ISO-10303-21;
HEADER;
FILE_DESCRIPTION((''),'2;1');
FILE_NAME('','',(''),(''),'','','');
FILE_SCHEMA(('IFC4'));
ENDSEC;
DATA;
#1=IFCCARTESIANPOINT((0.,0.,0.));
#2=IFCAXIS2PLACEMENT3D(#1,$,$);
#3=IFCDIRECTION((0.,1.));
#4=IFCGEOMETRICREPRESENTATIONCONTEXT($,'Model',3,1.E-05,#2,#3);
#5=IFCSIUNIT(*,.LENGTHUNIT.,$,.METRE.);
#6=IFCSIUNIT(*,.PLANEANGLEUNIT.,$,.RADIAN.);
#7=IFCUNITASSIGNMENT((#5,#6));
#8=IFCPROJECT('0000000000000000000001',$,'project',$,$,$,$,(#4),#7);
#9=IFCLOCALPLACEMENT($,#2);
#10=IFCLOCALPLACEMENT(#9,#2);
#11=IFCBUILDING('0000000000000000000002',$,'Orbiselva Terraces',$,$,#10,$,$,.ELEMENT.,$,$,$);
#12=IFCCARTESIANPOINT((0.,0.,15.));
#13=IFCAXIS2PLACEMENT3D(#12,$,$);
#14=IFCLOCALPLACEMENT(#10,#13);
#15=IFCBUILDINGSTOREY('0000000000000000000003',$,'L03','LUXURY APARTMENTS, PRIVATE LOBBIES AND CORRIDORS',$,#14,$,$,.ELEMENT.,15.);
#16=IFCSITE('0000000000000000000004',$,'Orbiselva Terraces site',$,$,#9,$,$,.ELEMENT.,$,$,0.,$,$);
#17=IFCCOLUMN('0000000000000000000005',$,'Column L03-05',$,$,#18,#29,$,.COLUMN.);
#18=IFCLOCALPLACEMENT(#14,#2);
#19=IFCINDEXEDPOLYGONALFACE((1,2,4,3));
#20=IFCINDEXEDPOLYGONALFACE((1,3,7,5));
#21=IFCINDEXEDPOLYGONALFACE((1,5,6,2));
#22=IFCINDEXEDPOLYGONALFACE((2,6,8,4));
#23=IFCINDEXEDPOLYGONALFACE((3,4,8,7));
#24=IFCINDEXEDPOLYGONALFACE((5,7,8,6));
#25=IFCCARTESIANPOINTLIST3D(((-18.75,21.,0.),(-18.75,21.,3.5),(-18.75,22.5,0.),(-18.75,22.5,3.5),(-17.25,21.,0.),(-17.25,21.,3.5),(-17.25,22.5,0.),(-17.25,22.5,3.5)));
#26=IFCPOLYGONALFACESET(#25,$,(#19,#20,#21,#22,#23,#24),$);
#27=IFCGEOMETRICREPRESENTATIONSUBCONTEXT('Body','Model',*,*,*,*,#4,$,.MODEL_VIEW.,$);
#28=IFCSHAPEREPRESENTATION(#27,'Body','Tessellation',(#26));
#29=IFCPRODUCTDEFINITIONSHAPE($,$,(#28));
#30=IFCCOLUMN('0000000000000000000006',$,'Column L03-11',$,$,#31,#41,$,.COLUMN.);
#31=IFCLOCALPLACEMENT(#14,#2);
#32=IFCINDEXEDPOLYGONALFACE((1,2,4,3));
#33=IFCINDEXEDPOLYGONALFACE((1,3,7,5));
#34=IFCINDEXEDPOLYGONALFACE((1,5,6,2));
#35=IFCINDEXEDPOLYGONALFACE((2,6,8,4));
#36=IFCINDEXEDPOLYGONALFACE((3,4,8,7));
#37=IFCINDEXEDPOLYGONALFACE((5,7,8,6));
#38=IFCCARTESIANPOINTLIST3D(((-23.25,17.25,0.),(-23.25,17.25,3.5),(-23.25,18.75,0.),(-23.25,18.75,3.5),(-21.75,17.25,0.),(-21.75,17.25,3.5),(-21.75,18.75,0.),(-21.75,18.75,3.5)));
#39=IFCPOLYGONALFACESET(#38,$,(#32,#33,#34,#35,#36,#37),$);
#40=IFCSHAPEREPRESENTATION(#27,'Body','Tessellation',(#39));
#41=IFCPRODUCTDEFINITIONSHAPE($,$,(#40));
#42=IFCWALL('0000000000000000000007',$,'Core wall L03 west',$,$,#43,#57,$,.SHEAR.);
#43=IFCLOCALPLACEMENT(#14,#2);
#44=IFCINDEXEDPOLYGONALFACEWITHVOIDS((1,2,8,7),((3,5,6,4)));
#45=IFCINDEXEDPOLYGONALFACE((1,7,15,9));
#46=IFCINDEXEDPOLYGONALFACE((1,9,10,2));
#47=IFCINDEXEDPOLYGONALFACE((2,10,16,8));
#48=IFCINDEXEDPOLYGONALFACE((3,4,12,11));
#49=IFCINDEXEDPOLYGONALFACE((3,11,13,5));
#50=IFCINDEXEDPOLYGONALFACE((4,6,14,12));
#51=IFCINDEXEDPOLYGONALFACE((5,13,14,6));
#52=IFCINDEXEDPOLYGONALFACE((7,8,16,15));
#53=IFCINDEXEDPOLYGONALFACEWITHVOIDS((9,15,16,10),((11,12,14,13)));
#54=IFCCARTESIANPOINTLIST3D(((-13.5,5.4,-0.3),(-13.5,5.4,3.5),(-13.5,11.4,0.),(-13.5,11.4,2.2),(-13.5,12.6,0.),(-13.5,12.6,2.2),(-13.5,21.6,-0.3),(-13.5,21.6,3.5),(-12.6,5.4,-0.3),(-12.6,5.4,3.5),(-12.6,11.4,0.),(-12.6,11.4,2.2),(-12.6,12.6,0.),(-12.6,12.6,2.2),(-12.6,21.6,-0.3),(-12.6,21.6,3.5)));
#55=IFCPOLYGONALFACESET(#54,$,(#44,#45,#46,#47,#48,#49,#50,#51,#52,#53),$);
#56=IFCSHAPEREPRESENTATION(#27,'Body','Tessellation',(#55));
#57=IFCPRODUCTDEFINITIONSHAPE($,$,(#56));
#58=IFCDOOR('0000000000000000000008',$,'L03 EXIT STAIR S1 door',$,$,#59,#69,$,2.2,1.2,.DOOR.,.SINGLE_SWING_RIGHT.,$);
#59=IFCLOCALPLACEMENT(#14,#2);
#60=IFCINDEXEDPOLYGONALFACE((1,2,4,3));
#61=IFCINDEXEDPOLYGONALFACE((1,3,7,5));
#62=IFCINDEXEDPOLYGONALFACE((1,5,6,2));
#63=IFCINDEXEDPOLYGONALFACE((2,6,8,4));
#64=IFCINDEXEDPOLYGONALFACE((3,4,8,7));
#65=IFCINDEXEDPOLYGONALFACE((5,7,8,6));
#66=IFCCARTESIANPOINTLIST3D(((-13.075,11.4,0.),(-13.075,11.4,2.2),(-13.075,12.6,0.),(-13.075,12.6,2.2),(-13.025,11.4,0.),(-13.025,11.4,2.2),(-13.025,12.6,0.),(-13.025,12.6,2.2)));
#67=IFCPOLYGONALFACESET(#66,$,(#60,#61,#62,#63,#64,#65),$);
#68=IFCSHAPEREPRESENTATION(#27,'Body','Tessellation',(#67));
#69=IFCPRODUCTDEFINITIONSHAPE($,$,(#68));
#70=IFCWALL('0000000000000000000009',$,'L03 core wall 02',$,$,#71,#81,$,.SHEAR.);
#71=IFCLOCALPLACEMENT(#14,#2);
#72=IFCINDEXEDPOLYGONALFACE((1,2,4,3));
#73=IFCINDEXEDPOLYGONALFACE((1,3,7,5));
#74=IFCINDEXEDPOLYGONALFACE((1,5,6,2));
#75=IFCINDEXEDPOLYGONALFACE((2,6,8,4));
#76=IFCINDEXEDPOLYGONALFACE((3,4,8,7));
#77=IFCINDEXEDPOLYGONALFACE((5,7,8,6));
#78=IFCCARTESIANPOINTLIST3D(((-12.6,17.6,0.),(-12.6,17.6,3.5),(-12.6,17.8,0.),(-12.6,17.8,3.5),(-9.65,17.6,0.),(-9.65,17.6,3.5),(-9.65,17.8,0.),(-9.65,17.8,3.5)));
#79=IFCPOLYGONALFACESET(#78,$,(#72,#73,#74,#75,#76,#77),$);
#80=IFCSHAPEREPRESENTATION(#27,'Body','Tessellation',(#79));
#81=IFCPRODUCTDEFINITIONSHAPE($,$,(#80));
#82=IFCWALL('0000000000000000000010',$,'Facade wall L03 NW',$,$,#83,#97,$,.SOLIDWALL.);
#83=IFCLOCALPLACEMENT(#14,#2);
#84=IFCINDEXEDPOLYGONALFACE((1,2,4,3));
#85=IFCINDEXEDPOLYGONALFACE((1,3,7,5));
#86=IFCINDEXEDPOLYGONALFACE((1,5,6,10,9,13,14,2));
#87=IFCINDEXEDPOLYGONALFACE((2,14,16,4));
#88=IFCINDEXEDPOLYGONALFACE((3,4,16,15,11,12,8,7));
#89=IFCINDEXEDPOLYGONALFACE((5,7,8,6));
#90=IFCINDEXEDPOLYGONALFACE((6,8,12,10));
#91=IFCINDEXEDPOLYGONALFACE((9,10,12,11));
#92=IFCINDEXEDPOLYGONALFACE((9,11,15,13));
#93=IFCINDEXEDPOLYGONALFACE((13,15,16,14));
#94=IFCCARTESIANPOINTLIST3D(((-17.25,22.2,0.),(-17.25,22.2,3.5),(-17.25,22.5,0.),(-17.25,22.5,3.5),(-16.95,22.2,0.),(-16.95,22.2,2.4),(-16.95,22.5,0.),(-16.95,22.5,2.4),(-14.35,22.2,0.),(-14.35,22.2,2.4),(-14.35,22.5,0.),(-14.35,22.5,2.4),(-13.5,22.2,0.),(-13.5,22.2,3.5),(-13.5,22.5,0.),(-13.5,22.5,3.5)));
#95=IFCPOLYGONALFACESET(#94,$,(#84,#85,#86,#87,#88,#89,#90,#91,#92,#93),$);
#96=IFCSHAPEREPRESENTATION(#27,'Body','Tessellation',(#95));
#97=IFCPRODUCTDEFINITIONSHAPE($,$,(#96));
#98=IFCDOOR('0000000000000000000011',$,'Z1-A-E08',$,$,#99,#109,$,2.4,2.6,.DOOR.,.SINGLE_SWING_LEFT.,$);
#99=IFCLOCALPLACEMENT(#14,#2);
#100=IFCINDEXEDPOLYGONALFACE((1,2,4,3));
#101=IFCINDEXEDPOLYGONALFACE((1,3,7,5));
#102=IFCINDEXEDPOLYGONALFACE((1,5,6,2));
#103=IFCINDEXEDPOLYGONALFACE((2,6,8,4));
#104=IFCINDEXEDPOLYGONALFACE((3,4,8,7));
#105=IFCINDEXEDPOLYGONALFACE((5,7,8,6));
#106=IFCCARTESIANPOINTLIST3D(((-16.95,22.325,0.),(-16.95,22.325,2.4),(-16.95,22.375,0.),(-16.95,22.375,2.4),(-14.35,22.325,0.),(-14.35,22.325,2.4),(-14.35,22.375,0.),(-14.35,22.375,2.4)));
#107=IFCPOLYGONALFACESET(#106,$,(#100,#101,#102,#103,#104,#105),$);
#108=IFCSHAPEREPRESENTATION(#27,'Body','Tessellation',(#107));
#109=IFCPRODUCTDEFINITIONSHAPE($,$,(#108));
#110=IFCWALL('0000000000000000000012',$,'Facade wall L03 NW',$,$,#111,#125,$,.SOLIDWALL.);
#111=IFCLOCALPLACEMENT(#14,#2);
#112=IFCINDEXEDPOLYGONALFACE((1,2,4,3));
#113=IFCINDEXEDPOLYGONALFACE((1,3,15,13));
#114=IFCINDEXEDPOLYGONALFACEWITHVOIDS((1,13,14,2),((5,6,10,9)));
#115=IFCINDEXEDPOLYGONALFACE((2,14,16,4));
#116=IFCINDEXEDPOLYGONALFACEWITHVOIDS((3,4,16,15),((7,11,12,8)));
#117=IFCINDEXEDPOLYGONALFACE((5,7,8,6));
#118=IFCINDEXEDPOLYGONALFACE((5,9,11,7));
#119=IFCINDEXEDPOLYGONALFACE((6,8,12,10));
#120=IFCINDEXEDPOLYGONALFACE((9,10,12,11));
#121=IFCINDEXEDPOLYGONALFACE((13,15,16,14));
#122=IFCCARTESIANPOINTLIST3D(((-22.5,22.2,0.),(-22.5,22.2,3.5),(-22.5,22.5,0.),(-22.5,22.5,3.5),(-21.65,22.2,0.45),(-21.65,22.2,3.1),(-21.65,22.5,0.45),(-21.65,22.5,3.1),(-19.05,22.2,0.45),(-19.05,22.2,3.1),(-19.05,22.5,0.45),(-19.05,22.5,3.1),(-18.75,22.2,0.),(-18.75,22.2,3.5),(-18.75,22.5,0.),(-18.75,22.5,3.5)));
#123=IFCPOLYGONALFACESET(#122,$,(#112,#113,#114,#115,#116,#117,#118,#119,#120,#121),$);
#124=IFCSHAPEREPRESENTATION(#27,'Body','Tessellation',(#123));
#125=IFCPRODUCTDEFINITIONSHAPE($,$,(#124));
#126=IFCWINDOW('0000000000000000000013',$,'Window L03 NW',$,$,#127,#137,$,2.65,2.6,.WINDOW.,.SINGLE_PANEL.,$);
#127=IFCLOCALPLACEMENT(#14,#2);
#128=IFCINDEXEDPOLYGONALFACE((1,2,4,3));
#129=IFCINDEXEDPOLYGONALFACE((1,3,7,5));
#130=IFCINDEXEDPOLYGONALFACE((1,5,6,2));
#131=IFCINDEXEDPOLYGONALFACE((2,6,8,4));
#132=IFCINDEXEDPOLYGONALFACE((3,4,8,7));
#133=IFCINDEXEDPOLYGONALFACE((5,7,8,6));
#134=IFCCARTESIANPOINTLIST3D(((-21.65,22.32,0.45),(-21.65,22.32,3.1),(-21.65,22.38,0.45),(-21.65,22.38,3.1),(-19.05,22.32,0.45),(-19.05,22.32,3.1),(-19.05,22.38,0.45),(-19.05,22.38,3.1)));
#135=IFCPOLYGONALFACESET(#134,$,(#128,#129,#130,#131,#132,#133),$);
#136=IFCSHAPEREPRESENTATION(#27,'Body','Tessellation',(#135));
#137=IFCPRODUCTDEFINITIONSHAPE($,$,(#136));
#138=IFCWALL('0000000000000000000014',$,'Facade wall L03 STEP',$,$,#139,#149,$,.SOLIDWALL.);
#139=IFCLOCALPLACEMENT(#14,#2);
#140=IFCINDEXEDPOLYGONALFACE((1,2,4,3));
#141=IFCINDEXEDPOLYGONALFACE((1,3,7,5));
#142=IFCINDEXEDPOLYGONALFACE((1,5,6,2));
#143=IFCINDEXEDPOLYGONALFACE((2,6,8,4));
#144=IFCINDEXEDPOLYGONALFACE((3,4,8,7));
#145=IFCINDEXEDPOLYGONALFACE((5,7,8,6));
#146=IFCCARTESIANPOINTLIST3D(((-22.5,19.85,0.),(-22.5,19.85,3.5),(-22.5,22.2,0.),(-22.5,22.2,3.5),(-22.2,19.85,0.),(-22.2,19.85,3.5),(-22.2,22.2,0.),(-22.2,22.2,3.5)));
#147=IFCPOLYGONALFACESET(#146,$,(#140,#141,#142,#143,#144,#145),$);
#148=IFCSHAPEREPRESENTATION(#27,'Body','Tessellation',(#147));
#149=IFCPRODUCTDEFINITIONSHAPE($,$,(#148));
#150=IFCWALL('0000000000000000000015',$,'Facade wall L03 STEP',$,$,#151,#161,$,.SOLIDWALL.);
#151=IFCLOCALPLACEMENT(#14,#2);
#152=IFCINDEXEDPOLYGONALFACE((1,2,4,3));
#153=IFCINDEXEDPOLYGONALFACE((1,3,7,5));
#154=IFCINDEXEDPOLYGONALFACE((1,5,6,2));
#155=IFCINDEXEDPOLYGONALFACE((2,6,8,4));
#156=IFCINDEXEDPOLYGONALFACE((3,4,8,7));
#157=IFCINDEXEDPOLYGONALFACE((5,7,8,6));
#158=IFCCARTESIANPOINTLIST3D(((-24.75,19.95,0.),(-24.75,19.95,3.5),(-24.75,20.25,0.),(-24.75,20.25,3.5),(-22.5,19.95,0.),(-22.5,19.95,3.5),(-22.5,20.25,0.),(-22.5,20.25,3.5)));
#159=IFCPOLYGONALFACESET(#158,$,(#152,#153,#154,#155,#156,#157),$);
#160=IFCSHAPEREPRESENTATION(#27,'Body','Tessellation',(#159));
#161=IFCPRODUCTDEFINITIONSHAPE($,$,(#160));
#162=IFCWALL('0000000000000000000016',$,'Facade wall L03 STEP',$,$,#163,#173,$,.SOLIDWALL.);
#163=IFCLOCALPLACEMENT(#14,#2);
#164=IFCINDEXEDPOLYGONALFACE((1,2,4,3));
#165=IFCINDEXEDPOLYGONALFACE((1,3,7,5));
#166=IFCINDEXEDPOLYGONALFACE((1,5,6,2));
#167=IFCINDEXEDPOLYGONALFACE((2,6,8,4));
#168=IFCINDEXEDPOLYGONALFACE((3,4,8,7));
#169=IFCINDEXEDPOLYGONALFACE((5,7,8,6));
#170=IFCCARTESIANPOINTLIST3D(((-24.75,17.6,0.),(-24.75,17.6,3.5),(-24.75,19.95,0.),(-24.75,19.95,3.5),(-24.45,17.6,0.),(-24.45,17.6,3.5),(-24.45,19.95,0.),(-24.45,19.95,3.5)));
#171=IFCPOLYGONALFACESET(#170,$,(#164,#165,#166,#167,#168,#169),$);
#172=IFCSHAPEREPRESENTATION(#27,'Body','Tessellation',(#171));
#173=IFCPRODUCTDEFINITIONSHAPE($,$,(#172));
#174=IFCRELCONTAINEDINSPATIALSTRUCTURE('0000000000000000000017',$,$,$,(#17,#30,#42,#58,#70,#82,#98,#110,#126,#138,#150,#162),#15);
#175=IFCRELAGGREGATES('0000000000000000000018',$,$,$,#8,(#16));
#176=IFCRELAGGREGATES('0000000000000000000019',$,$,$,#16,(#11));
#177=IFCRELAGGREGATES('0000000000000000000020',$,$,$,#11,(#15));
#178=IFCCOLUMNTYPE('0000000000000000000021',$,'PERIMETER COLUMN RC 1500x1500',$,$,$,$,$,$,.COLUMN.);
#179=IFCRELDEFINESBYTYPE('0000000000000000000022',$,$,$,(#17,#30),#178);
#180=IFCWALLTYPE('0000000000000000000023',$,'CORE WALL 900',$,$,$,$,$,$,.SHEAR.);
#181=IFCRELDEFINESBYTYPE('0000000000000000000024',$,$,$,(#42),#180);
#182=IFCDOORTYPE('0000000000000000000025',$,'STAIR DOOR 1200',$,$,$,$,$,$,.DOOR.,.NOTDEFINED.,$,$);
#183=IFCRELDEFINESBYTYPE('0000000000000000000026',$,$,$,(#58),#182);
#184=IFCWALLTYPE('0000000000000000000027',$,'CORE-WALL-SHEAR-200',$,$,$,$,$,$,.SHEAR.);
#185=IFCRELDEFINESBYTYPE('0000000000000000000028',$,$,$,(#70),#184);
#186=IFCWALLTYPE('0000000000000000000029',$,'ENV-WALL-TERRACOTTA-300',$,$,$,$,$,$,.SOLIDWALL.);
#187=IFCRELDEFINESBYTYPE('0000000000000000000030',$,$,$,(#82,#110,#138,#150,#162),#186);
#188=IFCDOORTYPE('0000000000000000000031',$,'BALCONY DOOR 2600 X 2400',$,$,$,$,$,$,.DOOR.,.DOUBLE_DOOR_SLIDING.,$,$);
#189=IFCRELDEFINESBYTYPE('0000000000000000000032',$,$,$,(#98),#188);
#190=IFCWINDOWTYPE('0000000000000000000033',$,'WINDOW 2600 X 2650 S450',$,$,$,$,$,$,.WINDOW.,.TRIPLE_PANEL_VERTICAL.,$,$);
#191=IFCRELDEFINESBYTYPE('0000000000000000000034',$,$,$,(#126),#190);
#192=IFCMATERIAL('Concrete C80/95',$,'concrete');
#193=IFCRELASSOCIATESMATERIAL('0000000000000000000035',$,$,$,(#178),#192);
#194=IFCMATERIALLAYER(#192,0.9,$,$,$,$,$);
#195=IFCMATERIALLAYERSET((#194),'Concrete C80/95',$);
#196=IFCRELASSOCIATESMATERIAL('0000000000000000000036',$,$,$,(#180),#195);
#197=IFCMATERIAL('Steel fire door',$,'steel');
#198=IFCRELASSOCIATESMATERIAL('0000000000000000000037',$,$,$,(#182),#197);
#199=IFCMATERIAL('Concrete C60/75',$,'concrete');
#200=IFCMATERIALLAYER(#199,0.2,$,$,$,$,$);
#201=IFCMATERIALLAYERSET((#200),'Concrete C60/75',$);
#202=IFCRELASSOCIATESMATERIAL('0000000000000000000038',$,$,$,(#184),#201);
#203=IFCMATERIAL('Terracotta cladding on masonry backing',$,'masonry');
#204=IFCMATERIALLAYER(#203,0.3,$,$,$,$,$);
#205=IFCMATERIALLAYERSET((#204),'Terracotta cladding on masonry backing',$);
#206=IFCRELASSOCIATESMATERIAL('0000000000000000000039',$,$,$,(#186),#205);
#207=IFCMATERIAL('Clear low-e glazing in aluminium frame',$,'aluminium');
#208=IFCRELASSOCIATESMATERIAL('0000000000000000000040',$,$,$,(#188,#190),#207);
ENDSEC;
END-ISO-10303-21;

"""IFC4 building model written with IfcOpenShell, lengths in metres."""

from ifc_helpers import new_model, si_unit, direction, frame, frame_2d, origin, origin_2d, place, context, subcontext, project, spatial, rectangle, extrude, material, layer, layer_set, material_profile, profile_set, type_object, element, fill, save


model = new_model("IFC4")

# Units and contexts
model_context = context("Model", 3, precision=1e-05, world=origin(), true_north=direction((0.0, 1.0)))
body_context = subcontext(model_context, "Body", "Model", "MODEL_VIEW")
ifc_project = project(units=[si_unit("LENGTHUNIT", "METRE"), si_unit("PLANEANGLEUNIT", "RADIAN")], contexts=[model_context])

# Site, building, storey
site_placement = place(None, origin())
site = spatial("IfcSite", under=ifc_project, at=site_placement, Name="Orbiselva Terraces site", CompositionType="ELEMENT", RefElevation=0.0)
building_placement = place(site_placement, origin())
building = spatial("IfcBuilding", under=site, at=building_placement, Name="Orbiselva Terraces", CompositionType="ELEMENT")
storey_placement = place(building_placement, frame((0.0, 0.0, 15.0)))
storey = spatial("IfcBuildingStorey", under=building, at=storey_placement, Name="L03", Description="LUXURY APARTMENTS, PRIVATE LOBBIES AND CORRIDORS", CompositionType="ELEMENT", Elevation=15.0)

# Columns
ifc_material_1 = material(Name="Concrete C80/95", Category="concrete")
ifc_material_profile = material_profile(ifc_material_1, rectangle(XDim=1.5, YDim=1.5, at=origin_2d()), Name="RC 1500x1500")
ifc_profile_set = profile_set([ifc_material_profile], Name="Concrete C80/95")
column_type = type_object("IfcColumnType", Name="PERIMETER COLUMN RC 1500x1500", PredefinedType="COLUMN", material=ifc_profile_set)
for number, where, z_axis, x_axis, name in (
    (1, (-18.0, 21.75, 0.0), (0.0, 0.0, 1.0), (1.0, 0.0, 0.0), "Column L03-05"),
    (2, (-22.5, 18.0, 0.0), (0.0, 0.0, 1.0), (1.0, 0.0, 0.0), "Column L03-11"),
):
    element("IfcColumn", number, at=place(storey_placement, frame(where, z_axis=z_axis, x_axis=x_axis)), inside=storey, type_object=column_type, Name=name, PredefinedType="COLUMN", context=body_context, shape_type="SweptSolid", body=[
        extrude(rectangle(XDim=1.5, YDim=1.5, at=origin_2d()), origin(), (0.0, 0.0, 1.0), 3.5),
    ])

# Wall, opening, door
ifc_layer_1 = layer(ifc_material_1, 0.9)
ifc_layer_set_1 = layer_set([ifc_layer_1], Name="Concrete C80/95")
wall_type_1 = type_object("IfcWallType", Name="CORE WALL 900", PredefinedType="SHEAR", material=ifc_layer_set_1)
wall_1_placement = place(storey_placement, frame((-13.05, 21.6, -0.3), z_axis=(0.0, 0.0, 1.0), x_axis=(0.0, -1.0, 0.0)))
wall_1 = element("IfcWall", 3, at=wall_1_placement, inside=storey, type_object=wall_type_1, Name="Core wall L03 west", PredefinedType="SHEAR", context=body_context, shape_type="SweptSolid", body=[
    extrude(rectangle(XDim=16.2, YDim=0.9, at=frame_2d((8.1, 0.0))), origin(), (0.0, 0.0, 1.0), 3.8),
])
opening_1_placement = place(wall_1_placement, frame((9.0, 0.0, 0.3)))
opening_1 = element("IfcOpeningElement", 4, at=opening_1_placement, cuts=wall_1, PredefinedType="OPENING", context=body_context, shape_type="SweptSolid", body=[
    extrude(rectangle(XDim=1.2, YDim=2.2, at=frame_2d((0.6, 1.1))), frame((0.0, 0.46, 0.0), z_axis=(0.0, -1.0, 0.0), x_axis=(1.0, 0.0, 0.0)), (0.0, 0.0, 1.0), 0.92),
])
ifc_material_2 = material(Name="Steel fire door", Category="steel")
door_type_1 = type_object("IfcDoorType", Name="STAIR DOOR 1200", OperationType="NOTDEFINED", PredefinedType="DOOR", material=ifc_material_2)
door_1_placement = place(opening_1_placement, frame((1.2, 0.0, 0.0), z_axis=(0.0, 0.0, 1.0), x_axis=(-1.0, 0.0, 0.0)))
door_1 = element("IfcDoor", 5, at=door_1_placement, inside=storey, type_object=door_type_1, Name="L03 EXIT STAIR S1 door", OperationType="SINGLE_SWING_RIGHT", OverallHeight=2.2, OverallWidth=1.2, PredefinedType="DOOR", context=body_context, shape_type="SweptSolid", body=[
    extrude(rectangle(XDim=1.2, YDim=2.2, at=frame_2d((0.6, 1.1))), frame((0.0, 0.025, 0.0), z_axis=(0.0, -1.0, 0.0), x_axis=(1.0, 0.0, 0.0)), (0.0, 0.0, 1.0), 0.05),
])
fill(opening_1, door_1)

# Wall
ifc_material_3 = material(Name="Concrete C60/75", Category="concrete")
ifc_layer_2 = layer(ifc_material_3, 0.2)
ifc_layer_set_2 = layer_set([ifc_layer_2], Name="Concrete C60/75")
wall_type_2 = type_object("IfcWallType", Name="CORE-WALL-SHEAR-200", PredefinedType="SHEAR", material=ifc_layer_set_2)
wall_2_placement = place(storey_placement, frame((-12.6, 17.7, 0.0), z_axis=(0.0, 0.0, 1.0), x_axis=(1.0, 0.0, 0.0)))
element("IfcWall", 6, at=wall_2_placement, inside=storey, type_object=wall_type_2, Name="L03 core wall 02", PredefinedType="SHEAR", context=body_context, shape_type="SweptSolid", body=[
    extrude(rectangle(XDim=2.95, YDim=0.2, at=frame_2d((1.475, 0.0))), origin(), (0.0, 0.0, 1.0), 3.5),
])

# Wall, opening, door
ifc_material_4 = material(Name="Terracotta cladding on masonry backing", Category="masonry")
ifc_layer_3 = layer(ifc_material_4, 0.3)
ifc_layer_set_3 = layer_set([ifc_layer_3], Name="Terracotta cladding on masonry backing")
wall_type_3 = type_object("IfcWallType", Name="ENV-WALL-TERRACOTTA-300", PredefinedType="SOLIDWALL", material=ifc_layer_set_3)
wall_3_placement = place(storey_placement, frame((-17.25, 22.35, 0.0), z_axis=(0.0, 0.0, 1.0), x_axis=(1.0, 0.0, 0.0)))
wall_3 = element("IfcWall", 7, at=wall_3_placement, inside=storey, type_object=wall_type_3, Name="Facade wall L03 NW", PredefinedType="SOLIDWALL", context=body_context, shape_type="SweptSolid", body=[
    extrude(rectangle(XDim=3.75, YDim=0.3, at=frame_2d((1.875, 0.0))), origin(), (0.0, 0.0, 1.0), 3.5),
])
opening_2_placement = place(wall_3_placement, frame((0.3, 0.0, 0.0)))
opening_2 = element("IfcOpeningElement", 8, at=opening_2_placement, cuts=wall_3, PredefinedType="OPENING", context=body_context, shape_type="SweptSolid", body=[
    extrude(rectangle(XDim=2.6, YDim=2.4, at=frame_2d((1.3, 1.2))), frame((0.0, 0.16, 0.0), z_axis=(0.0, -1.0, 0.0), x_axis=(1.0, 0.0, 0.0)), (0.0, 0.0, 1.0), 0.32),
])
ifc_material_5 = material(Name="Clear low-e glazing in aluminium frame", Category="aluminium")
door_type_2 = type_object("IfcDoorType", Name="BALCONY DOOR 2600 X 2400", OperationType="DOUBLE_DOOR_SLIDING", PredefinedType="DOOR", material=ifc_material_5)
door_2_placement = place(opening_2_placement, origin())
door_2 = element("IfcDoor", 9, at=door_2_placement, inside=storey, type_object=door_type_2, Name="Z1-A-E08", OperationType="SINGLE_SWING_LEFT", OverallHeight=2.4, OverallWidth=2.6, PredefinedType="DOOR", context=body_context, shape_type="SweptSolid", body=[
    extrude(rectangle(XDim=2.6, YDim=2.4, at=frame_2d((1.3, 1.2))), frame((0.0, 0.025, 0.0), z_axis=(0.0, -1.0, 0.0), x_axis=(1.0, 0.0, 0.0)), (0.0, 0.0, 1.0), 0.05),
])
fill(opening_2, door_2)

# Wall, opening, window
wall_4_placement = place(storey_placement, frame((-22.5, 22.35, 0.0), z_axis=(0.0, 0.0, 1.0), x_axis=(1.0, 0.0, 0.0)))
wall_4 = element("IfcWall", 10, at=wall_4_placement, inside=storey, type_object=wall_type_3, Name="Facade wall L03 NW", PredefinedType="SOLIDWALL", context=body_context, shape_type="SweptSolid", body=[
    extrude(rectangle(XDim=3.75, YDim=0.3, at=frame_2d((1.875, 0.0))), origin(), (0.0, 0.0, 1.0), 3.5),
])
opening_3_placement = place(wall_4_placement, frame((0.85, 0.0, 0.45)))
opening_3 = element("IfcOpeningElement", 11, at=opening_3_placement, cuts=wall_4, PredefinedType="OPENING", context=body_context, shape_type="SweptSolid", body=[
    extrude(rectangle(XDim=2.6, YDim=2.65, at=frame_2d((1.3, 1.325))), frame((0.0, 0.16, 0.0), z_axis=(0.0, -1.0, 0.0), x_axis=(1.0, 0.0, 0.0)), (0.0, 0.0, 1.0), 0.32),
])
window_type = type_object("IfcWindowType", Name="WINDOW 2600 X 2650 S450", PartitioningType="TRIPLE_PANEL_VERTICAL", PredefinedType="WINDOW", material=ifc_material_5)
window_placement = place(opening_3_placement, origin())
window = element("IfcWindow", 12, at=window_placement, inside=storey, type_object=window_type, Name="Window L03 NW", OverallHeight=2.65, OverallWidth=2.6, PartitioningType="SINGLE_PANEL", PredefinedType="WINDOW", context=body_context, shape_type="SweptSolid", body=[
    extrude(rectangle(XDim=2.6, YDim=2.65, at=frame_2d((1.3, 1.325))), frame((0.0, 0.03, 0.0), z_axis=(0.0, -1.0, 0.0), x_axis=(1.0, 0.0, 0.0)), (0.0, 0.0, 1.0), 0.06),
])
fill(opening_3, window)

# Walls
wall_5_placement = place(storey_placement, frame((-22.35, 19.85, 0.0), z_axis=(0.0, 0.0, 1.0), x_axis=(0.0, 1.0, 0.0)))
element("IfcWall", 13, at=wall_5_placement, inside=storey, type_object=wall_type_3, Name="Facade wall L03 STEP", PredefinedType="SOLIDWALL", context=body_context, shape_type="SweptSolid", body=[
    extrude(rectangle(XDim=2.35, YDim=0.3, at=frame_2d((1.175, 0.0))), origin(), (0.0, 0.0, 1.0), 3.5),
])
wall_6_placement = place(storey_placement, frame((-24.75, 20.1, 0.0), z_axis=(0.0, 0.0, 1.0), x_axis=(1.0, 0.0, 0.0)))
element("IfcWall", 14, at=wall_6_placement, inside=storey, type_object=wall_type_3, Name="Facade wall L03 STEP", PredefinedType="SOLIDWALL", context=body_context, shape_type="SweptSolid", body=[
    extrude(rectangle(XDim=2.25, YDim=0.3, at=frame_2d((1.125, 0.0))), origin(), (0.0, 0.0, 1.0), 3.5),
])
wall_7_placement = place(storey_placement, frame((-24.6, 17.6, 0.0), z_axis=(0.0, 0.0, 1.0), x_axis=(0.0, 1.0, 0.0)))
element("IfcWall", 15, at=wall_7_placement, inside=storey, type_object=wall_type_3, Name="Facade wall L03 STEP", PredefinedType="SOLIDWALL", context=body_context, shape_type="SweptSolid", body=[
    extrude(rectangle(XDim=2.35, YDim=0.3, at=frame_2d((1.175, 0.0))), origin(), (0.0, 0.0, 1.0), 3.5),
])

save(model, "model.ifc")
